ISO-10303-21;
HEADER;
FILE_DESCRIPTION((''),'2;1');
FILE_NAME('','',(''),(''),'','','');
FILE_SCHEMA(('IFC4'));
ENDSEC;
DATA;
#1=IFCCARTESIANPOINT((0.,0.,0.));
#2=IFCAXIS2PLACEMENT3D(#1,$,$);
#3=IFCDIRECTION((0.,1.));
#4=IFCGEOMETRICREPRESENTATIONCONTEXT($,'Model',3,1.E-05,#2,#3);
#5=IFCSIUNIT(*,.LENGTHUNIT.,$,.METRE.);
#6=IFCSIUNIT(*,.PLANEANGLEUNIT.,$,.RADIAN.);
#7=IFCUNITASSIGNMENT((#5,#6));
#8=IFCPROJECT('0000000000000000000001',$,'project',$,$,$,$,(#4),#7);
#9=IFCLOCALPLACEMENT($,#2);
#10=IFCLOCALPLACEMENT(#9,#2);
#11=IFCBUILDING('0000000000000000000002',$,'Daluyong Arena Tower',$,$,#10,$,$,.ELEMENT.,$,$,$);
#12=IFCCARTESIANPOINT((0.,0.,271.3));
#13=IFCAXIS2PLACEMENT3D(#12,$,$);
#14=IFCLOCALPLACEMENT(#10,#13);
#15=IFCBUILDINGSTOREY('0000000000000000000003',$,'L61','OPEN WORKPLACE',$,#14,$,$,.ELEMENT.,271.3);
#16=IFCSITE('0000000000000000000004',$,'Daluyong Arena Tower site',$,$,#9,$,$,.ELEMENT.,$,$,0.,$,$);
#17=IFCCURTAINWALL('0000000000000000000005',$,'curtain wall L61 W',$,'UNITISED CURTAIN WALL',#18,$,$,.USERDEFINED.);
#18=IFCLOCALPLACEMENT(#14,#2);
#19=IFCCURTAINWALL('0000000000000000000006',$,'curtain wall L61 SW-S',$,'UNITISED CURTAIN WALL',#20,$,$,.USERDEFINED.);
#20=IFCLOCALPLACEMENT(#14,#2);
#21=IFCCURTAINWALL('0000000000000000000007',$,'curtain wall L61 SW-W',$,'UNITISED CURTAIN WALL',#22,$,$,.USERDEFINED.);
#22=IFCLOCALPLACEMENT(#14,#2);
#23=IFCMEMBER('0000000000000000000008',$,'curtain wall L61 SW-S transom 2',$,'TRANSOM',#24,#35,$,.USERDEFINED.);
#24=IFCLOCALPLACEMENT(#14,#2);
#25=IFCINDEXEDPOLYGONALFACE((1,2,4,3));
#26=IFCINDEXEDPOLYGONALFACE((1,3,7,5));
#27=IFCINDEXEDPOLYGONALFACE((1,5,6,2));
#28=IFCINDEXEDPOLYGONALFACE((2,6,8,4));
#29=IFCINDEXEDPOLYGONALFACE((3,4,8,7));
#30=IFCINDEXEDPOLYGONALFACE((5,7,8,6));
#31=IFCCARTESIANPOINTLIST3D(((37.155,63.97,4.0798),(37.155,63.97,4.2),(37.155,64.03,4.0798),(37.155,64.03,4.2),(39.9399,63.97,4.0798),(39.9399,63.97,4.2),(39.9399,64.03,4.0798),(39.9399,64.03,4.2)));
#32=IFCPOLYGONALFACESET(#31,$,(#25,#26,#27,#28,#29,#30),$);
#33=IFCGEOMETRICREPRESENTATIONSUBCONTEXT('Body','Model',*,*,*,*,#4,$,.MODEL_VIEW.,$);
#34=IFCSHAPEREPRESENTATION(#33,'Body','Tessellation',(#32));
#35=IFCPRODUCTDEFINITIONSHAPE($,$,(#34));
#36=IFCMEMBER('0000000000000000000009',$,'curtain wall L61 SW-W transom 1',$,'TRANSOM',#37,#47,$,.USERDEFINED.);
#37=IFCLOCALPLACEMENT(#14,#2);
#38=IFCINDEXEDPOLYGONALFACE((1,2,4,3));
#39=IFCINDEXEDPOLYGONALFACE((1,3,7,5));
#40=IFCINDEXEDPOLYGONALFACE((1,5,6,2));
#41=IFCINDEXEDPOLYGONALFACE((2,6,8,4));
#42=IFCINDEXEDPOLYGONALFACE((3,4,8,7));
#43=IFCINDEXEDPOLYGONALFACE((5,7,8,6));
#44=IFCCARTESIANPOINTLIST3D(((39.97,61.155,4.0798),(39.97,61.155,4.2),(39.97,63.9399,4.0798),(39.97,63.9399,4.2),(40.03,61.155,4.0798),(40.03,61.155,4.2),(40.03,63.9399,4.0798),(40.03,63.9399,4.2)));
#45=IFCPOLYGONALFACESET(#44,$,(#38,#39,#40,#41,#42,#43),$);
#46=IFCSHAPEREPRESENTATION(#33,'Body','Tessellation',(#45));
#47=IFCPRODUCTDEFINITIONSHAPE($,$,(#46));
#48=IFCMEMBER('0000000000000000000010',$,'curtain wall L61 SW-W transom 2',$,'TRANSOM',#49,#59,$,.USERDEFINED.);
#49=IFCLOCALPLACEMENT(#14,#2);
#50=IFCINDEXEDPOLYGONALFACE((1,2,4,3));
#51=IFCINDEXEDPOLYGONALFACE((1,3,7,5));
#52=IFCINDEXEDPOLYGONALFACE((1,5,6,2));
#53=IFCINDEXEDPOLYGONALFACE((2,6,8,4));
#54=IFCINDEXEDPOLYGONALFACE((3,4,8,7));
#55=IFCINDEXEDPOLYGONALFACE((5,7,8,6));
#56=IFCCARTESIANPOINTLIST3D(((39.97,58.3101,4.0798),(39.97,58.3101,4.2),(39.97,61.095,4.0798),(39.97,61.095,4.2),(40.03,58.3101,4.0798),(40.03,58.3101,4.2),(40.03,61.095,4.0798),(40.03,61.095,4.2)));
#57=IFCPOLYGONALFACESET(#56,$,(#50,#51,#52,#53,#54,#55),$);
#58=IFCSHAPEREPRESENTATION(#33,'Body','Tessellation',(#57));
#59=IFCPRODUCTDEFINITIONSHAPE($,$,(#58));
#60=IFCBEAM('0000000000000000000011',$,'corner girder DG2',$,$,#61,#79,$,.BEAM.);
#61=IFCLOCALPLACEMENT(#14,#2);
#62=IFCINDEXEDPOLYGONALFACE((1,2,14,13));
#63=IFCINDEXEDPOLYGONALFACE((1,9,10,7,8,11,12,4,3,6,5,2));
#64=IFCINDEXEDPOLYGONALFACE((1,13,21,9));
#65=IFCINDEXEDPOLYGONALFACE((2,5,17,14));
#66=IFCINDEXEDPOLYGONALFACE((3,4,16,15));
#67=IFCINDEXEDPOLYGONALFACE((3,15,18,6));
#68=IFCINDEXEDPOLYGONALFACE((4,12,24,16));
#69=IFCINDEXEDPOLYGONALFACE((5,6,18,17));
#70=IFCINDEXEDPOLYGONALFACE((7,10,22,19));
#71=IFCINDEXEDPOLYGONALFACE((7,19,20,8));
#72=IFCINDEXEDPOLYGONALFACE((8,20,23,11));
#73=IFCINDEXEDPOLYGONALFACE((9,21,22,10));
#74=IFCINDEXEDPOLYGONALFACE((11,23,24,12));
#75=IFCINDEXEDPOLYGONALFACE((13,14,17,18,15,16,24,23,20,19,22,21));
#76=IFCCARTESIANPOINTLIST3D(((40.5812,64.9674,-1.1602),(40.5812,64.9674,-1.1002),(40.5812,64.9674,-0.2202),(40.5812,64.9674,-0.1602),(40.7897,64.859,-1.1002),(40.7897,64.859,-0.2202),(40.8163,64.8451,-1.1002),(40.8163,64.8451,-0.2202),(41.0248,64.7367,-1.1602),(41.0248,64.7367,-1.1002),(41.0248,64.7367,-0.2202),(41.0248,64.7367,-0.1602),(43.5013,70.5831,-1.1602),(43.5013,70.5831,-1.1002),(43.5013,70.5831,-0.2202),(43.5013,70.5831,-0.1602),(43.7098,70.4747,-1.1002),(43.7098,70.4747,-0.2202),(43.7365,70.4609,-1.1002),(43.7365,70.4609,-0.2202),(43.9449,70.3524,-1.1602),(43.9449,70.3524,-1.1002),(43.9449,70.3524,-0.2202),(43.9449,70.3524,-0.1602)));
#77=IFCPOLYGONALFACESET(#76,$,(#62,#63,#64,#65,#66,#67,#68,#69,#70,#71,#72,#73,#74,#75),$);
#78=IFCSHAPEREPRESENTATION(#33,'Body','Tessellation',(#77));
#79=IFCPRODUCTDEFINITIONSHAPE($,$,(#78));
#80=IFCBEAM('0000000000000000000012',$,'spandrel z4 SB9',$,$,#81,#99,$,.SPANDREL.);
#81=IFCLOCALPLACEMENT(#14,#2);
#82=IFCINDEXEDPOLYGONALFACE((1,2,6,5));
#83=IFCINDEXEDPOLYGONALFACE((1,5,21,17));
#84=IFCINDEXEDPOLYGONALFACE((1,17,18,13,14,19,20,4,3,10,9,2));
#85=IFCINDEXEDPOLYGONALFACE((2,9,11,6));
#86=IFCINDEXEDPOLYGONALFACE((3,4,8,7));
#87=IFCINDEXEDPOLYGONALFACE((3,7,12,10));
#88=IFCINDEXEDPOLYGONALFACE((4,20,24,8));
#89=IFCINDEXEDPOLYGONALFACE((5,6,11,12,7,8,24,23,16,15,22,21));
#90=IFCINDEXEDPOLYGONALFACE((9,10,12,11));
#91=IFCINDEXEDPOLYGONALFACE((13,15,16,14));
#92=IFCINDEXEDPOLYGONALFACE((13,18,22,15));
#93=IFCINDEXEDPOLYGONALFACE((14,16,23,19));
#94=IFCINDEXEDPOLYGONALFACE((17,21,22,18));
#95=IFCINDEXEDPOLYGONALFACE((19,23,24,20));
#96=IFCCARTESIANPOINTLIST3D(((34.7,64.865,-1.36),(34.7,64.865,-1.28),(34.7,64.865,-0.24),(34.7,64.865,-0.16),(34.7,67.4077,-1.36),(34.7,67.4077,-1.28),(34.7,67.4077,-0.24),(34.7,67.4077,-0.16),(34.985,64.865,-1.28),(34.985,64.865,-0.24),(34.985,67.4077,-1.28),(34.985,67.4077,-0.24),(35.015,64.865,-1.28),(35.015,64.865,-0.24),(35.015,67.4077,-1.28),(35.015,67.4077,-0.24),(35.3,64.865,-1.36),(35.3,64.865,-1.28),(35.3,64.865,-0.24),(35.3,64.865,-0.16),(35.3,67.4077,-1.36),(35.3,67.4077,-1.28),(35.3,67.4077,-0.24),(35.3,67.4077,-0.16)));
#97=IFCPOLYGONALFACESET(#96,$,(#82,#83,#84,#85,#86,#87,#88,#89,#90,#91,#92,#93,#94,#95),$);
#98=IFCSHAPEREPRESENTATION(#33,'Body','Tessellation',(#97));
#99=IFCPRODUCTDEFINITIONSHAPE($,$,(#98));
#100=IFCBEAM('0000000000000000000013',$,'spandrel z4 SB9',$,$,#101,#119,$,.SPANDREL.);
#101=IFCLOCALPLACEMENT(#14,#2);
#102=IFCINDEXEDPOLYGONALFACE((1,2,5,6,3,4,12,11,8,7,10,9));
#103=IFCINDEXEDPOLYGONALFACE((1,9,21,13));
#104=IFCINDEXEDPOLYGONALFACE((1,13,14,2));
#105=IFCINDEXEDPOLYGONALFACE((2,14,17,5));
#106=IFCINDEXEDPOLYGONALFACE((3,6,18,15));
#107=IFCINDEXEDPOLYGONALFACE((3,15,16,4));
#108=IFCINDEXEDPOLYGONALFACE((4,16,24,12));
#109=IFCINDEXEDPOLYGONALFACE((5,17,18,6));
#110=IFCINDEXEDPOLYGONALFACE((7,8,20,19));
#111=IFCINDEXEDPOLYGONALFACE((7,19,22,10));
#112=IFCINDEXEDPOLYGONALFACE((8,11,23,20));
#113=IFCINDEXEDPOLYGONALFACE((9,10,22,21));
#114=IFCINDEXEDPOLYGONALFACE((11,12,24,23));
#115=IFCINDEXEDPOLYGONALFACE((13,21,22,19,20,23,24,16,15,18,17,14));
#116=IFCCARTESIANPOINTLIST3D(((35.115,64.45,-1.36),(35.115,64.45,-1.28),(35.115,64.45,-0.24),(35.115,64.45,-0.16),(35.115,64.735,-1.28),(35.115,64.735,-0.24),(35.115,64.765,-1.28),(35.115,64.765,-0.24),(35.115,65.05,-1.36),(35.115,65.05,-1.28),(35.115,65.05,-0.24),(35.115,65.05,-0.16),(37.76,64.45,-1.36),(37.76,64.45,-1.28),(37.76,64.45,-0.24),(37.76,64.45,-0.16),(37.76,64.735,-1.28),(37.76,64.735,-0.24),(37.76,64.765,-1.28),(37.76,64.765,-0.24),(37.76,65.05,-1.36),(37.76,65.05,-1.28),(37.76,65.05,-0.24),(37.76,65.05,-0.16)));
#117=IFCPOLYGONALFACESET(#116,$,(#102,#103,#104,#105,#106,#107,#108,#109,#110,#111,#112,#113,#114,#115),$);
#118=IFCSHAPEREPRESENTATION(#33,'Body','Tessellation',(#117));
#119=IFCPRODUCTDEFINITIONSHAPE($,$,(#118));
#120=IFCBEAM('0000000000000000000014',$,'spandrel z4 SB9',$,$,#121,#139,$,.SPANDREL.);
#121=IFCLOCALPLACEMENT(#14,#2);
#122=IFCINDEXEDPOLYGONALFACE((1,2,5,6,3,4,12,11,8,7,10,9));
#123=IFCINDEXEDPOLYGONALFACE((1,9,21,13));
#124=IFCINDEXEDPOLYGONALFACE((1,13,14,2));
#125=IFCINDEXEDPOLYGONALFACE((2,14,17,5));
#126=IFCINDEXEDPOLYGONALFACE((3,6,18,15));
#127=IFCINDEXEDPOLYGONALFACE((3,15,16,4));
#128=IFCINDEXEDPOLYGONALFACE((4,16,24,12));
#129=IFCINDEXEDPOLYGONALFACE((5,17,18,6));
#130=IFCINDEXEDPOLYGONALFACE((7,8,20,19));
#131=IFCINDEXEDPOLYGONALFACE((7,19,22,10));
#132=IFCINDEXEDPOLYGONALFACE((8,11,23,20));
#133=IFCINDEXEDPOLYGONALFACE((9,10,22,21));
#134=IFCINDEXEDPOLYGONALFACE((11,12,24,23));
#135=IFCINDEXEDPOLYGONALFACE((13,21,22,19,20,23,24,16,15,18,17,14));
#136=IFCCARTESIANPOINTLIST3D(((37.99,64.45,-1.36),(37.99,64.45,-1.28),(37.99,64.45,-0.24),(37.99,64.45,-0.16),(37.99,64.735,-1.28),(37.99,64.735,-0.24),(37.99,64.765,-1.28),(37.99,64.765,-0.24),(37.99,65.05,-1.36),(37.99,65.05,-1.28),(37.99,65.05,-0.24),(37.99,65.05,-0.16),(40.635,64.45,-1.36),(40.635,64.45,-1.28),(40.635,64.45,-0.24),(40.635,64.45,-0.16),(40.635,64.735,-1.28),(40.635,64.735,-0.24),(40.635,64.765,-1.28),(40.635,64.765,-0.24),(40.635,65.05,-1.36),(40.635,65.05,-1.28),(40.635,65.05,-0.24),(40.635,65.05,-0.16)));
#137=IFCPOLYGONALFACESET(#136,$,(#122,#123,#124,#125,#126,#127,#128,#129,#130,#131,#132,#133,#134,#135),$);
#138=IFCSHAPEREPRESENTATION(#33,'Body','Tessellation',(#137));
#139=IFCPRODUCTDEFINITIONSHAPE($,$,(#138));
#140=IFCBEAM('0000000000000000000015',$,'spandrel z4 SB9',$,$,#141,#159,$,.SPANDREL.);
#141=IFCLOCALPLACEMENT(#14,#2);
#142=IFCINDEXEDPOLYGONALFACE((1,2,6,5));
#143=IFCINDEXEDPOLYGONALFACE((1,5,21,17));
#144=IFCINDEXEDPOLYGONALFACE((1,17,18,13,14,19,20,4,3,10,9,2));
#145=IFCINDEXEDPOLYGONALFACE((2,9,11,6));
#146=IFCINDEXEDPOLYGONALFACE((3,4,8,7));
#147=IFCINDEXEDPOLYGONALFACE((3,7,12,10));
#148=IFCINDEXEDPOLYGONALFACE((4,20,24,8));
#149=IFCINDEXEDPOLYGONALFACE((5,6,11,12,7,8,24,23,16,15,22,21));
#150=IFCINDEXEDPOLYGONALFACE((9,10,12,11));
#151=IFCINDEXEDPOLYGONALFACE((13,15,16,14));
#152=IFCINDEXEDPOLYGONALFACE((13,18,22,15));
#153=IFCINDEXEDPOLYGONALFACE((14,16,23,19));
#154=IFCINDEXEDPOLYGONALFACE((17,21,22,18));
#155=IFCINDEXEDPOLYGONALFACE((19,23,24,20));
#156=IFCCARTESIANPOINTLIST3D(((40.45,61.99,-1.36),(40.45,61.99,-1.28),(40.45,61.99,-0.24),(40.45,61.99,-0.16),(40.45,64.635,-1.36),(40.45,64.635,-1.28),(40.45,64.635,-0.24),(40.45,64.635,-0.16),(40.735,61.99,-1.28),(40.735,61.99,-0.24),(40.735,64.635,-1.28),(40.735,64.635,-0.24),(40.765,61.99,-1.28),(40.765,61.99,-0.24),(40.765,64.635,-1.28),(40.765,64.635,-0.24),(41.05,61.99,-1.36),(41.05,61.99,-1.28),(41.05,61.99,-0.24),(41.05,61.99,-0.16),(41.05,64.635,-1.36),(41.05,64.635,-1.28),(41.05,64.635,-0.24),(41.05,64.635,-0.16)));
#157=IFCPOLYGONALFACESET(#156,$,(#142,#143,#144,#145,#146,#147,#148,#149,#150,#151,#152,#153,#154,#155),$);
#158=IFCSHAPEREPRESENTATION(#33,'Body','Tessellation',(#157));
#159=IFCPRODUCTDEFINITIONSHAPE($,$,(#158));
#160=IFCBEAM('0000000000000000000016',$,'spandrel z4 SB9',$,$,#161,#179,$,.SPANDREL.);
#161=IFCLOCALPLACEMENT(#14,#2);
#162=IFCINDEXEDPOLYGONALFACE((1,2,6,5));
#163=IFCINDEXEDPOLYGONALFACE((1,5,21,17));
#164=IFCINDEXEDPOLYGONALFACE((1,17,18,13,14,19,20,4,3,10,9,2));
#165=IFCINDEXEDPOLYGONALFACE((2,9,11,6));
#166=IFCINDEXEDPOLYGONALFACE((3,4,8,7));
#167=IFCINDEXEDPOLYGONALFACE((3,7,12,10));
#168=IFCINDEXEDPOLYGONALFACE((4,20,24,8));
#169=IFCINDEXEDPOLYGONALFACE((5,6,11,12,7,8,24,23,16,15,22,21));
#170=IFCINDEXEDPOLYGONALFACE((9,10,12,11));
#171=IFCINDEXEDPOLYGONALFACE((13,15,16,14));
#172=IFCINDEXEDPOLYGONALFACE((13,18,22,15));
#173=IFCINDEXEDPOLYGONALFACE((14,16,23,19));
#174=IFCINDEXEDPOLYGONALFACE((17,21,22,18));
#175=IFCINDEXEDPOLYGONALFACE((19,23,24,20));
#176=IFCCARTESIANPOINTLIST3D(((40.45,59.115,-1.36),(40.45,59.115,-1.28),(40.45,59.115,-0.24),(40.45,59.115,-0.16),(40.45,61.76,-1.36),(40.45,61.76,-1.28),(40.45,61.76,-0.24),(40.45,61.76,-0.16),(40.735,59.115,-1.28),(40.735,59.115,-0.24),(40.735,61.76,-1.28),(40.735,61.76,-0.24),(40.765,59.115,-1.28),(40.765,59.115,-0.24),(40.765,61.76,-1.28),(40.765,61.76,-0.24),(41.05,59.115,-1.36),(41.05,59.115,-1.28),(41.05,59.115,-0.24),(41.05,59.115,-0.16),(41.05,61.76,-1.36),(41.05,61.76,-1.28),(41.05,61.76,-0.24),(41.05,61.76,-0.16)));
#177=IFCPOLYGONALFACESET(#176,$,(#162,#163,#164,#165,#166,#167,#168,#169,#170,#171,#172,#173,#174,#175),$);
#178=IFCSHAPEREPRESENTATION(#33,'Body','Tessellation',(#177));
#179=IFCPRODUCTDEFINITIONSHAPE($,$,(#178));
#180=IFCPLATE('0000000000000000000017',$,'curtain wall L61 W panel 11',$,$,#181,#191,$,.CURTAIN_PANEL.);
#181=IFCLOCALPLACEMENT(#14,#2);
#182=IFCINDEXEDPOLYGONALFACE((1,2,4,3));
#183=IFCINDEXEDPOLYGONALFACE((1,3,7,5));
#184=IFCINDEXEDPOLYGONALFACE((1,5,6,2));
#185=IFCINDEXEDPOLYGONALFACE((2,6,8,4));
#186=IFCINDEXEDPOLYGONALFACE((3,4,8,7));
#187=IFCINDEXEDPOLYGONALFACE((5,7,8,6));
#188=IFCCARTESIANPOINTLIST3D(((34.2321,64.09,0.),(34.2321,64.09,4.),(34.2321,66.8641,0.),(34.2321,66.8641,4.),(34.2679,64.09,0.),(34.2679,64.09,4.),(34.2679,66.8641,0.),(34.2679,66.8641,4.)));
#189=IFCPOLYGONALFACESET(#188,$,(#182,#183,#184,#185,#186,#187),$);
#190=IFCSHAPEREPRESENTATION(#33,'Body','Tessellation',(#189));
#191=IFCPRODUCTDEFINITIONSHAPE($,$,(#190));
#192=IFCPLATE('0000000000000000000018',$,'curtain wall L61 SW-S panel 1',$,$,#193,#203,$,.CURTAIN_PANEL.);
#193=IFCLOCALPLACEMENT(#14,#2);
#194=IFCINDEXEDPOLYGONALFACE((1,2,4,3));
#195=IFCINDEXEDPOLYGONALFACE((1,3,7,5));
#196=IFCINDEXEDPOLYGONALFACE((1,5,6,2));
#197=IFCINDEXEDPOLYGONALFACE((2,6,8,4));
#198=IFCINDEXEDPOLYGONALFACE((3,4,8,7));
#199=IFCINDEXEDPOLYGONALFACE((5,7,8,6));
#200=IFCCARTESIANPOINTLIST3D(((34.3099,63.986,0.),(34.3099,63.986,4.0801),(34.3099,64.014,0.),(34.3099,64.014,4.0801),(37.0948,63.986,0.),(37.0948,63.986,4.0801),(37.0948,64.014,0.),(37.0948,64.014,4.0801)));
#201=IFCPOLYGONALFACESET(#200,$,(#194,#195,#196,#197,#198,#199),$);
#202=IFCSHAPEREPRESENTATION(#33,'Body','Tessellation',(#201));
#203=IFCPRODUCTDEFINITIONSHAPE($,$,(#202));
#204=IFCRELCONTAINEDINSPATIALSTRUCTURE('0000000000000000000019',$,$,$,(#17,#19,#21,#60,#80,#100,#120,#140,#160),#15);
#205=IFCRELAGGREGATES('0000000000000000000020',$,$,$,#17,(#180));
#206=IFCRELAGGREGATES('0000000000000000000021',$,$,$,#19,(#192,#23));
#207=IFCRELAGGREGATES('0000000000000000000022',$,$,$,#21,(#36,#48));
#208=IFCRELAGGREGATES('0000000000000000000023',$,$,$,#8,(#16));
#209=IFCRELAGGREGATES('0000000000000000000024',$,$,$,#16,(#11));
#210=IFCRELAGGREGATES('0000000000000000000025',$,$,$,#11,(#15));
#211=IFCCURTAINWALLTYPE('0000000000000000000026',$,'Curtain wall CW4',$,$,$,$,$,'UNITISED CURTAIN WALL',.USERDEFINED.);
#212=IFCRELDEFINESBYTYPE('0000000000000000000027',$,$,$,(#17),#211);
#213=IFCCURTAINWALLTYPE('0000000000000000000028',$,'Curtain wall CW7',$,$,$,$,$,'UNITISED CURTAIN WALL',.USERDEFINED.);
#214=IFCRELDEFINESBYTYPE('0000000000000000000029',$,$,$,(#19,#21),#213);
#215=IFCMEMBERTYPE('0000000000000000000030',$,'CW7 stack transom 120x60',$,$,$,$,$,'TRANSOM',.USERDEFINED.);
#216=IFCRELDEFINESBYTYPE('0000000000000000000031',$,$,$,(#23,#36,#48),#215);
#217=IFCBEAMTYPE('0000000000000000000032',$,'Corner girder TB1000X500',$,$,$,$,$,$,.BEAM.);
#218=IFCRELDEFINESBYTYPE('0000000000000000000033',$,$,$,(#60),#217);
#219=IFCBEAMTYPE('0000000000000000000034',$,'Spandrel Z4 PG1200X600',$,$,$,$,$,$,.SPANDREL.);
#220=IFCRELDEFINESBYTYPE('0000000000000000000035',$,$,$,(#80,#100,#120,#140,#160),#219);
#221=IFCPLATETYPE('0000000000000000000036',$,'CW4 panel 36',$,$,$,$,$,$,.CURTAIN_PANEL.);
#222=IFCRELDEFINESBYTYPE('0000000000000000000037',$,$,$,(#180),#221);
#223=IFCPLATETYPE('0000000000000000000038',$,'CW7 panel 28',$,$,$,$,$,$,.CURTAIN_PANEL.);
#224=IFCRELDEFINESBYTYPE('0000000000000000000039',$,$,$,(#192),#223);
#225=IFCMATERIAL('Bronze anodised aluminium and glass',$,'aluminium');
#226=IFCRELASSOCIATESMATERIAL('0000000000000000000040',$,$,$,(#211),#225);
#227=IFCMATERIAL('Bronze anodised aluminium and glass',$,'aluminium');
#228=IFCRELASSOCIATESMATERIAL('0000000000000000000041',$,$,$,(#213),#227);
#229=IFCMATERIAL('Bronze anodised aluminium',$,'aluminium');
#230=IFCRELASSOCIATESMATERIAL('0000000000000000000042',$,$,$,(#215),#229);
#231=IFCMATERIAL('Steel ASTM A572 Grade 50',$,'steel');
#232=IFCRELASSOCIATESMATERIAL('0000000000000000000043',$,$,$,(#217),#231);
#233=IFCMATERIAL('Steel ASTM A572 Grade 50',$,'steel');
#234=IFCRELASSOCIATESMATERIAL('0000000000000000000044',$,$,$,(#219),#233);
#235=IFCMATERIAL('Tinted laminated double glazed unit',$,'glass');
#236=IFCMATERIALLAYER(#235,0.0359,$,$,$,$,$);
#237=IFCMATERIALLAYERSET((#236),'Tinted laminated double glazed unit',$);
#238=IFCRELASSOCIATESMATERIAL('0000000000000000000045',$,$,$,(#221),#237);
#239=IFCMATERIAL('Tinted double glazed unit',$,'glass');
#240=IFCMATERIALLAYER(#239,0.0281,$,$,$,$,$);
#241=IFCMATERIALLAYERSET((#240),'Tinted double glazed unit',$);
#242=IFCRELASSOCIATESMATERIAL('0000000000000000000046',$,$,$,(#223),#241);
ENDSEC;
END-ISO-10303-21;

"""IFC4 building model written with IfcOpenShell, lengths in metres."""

from ifc_helpers import new_model, si_unit, direction, frame, origin, origin_2d, place, context, subcontext, project, spatial, rectangle, i_section, extrude, material, layer, layer_set, material_profile, profile_set, type_object, element, aggregate, save


model = new_model("IFC4")

# Units and contexts
model_context = context("Model", 3, precision=1e-05, world=origin(), true_north=direction((0.0, 1.0)))
body_context = subcontext(model_context, "Body", "Model", "MODEL_VIEW")
ifc_project = project(units=[si_unit("LENGTHUNIT", "METRE"), si_unit("PLANEANGLEUNIT", "RADIAN")], contexts=[model_context])

# Site, building, storey
site_placement = place(None, origin())
site = spatial("IfcSite", under=ifc_project, at=site_placement, Name="Daluyong Arena Tower site", CompositionType="ELEMENT", RefElevation=0.0)
building_placement = place(site_placement, origin())
building = spatial("IfcBuilding", under=site, at=building_placement, Name="Daluyong Arena Tower", CompositionType="ELEMENT")
storey_placement = place(building_placement, frame((0.0, 0.0, 271.3)))
storey = spatial("IfcBuildingStorey", under=building, at=storey_placement, Name="L61", Description="OPEN WORKPLACE", CompositionType="ELEMENT", Elevation=271.3)

# Curtain walls
ifc_material_1 = material(Name="Bronze anodised aluminium and glass", Category="aluminium")
curtain_wall_type_1 = type_object("IfcCurtainWallType", Name="Curtain wall CW4", ElementType="UNITISED CURTAIN WALL", PredefinedType="USERDEFINED", material=ifc_material_1)
curtain_wall_1_placement = place(storey_placement, origin())
curtain_wall_1 = element("IfcCurtainWall", 1, at=curtain_wall_1_placement, inside=storey, type_object=curtain_wall_type_1, Name="curtain wall L61 W", ObjectType="UNITISED CURTAIN WALL", PredefinedType="USERDEFINED")
ifc_material_2 = material(Name="Bronze anodised aluminium and glass", Category="aluminium")
curtain_wall_type_2 = type_object("IfcCurtainWallType", Name="Curtain wall CW7", ElementType="UNITISED CURTAIN WALL", PredefinedType="USERDEFINED", material=ifc_material_2)
curtain_wall_2_placement = place(storey_placement, origin())
curtain_wall_2 = element("IfcCurtainWall", 2, at=curtain_wall_2_placement, inside=storey, type_object=curtain_wall_type_2, Name="curtain wall L61 SW-S", ObjectType="UNITISED CURTAIN WALL", PredefinedType="USERDEFINED")
curtain_wall_3_placement = place(storey_placement, origin())
curtain_wall_3 = element("IfcCurtainWall", 3, at=curtain_wall_3_placement, inside=storey, type_object=curtain_wall_type_2, Name="curtain wall L61 SW-W", ObjectType="UNITISED CURTAIN WALL", PredefinedType="USERDEFINED")

# Members
ifc_material_3 = material(Name="Bronze anodised aluminium", Category="aluminium")
ifc_material_profile_1 = material_profile(ifc_material_3, rectangle(XDim=0.0601, YDim=0.1201, at=origin_2d()))
ifc_profile_set_1 = profile_set([ifc_material_profile_1], Name="Bronze anodised aluminium")
member_type_1 = type_object("IfcMemberType", Name="CW7 stack transom 120x60", ElementType="TRANSOM", PredefinedType="USERDEFINED", material=ifc_profile_set_1)
member_1_placement = place(storey_placement, frame((37.155, 64.0, 4.1399), z_axis=(1.0, 0.0, 0.0), x_axis=(0.0, 1.0, 0.0)))
member_1 = element("IfcMember", 4, at=member_1_placement, type_object=member_type_1, Name="curtain wall L61 SW-S transom 2", ObjectType="TRANSOM", PredefinedType="USERDEFINED", context=body_context, shape_type="SweptSolid", body=[
    extrude(rectangle(XDim=0.0601, YDim=0.1201, at=origin_2d()), origin(), (0.0, 0.0, 1.0), 2.7849),
])
member_2_placement = place(storey_placement, frame((40.0, 63.9399, 4.1399), z_axis=(0.0, -1.0, 0.0), x_axis=(1.0, 0.0, 0.0)))
member_2 = element("IfcMember", 5, at=member_2_placement, type_object=member_type_1, Name="curtain wall L61 SW-W transom 1", ObjectType="TRANSOM", PredefinedType="USERDEFINED", context=body_context, shape_type="SweptSolid", body=[
    extrude(rectangle(XDim=0.0601, YDim=0.1201, at=origin_2d()), origin(), (0.0, 0.0, 1.0), 2.7849),
])
member_3_placement = place(storey_placement, frame((40.0, 61.095, 4.1399), z_axis=(0.0, -1.0, 0.0), x_axis=(1.0, 0.0, 0.0)))
member_3 = element("IfcMember", 6, at=member_3_placement, type_object=member_type_1, Name="curtain wall L61 SW-W transom 2", ObjectType="TRANSOM", PredefinedType="USERDEFINED", context=body_context, shape_type="SweptSolid", body=[
    extrude(rectangle(XDim=0.0601, YDim=0.1201, at=origin_2d()), origin(), (0.0, 0.0, 1.0), 2.7849),
])

# Beams
ifc_material_4 = material(Name="Steel ASTM A572 Grade 50", Category="steel")
ifc_material_profile_2 = material_profile(ifc_material_4, i_section(OverallWidth=0.5, OverallDepth=1.0, WebThickness=0.03, FlangeThickness=0.06, at=origin_2d()))
ifc_profile_set_2 = profile_set([ifc_material_profile_2], Name="Steel ASTM A572 Grade 50")
beam_type_1 = type_object("IfcBeamType", Name="Corner girder TB1000X500", PredefinedType="BEAM", material=ifc_profile_set_2)
beam_1_placement = place(storey_placement, frame((40.803, 64.8521, -0.6602), z_axis=(0.461352, 0.887217, 0.0), x_axis=(-0.887217, 0.461352, 0.0)))
element("IfcBeam", 7, at=beam_1_placement, inside=storey, type_object=beam_type_1, Name="corner girder DG2", PredefinedType="BEAM", context=body_context, shape_type="SweptSolid", body=[
    extrude(i_section(OverallWidth=0.5, OverallDepth=1.0, WebThickness=0.03, FlangeThickness=0.06, at=origin_2d()), origin(), (0.0, 0.0, 1.0), 6.3296),
])
ifc_material_5 = material(Name="Steel ASTM A572 Grade 50", Category="steel")
ifc_material_profile_3 = material_profile(ifc_material_5, i_section(OverallWidth=0.6001, OverallDepth=1.2, WebThickness=0.03, FlangeThickness=0.08, at=origin_2d()))
ifc_profile_set_3 = profile_set([ifc_material_profile_3], Name="Steel ASTM A572 Grade 50")
beam_type_2 = type_object("IfcBeamType", Name="Spandrel Z4 PG1200X600", PredefinedType="SPANDREL", material=ifc_profile_set_3)
beam_2_placement = place(storey_placement, frame((35.0, 67.4077, -0.76), z_axis=(0.0, -1.0, 0.0), x_axis=(1.0, 0.0, 0.0)))
element("IfcBeam", 8, at=beam_2_placement, inside=storey, type_object=beam_type_2, Name="spandrel z4 SB9", PredefinedType="SPANDREL", context=body_context, shape_type="SweptSolid", body=[
    extrude(i_section(OverallWidth=0.6001, OverallDepth=1.2, WebThickness=0.03, FlangeThickness=0.08, at=origin_2d()), origin(), (0.0, 0.0, 1.0), 2.5427),
])
for number, where, z_axis, x_axis, name in (
    (9, (35.115, 64.75, -0.76), (1.0, 0.0, 0.0), (0.0, 1.0, 0.0), "spandrel z4 SB9"),
    (10, (37.99, 64.75, -0.76), (1.0, 0.0, 0.0), (0.0, 1.0, 0.0), "spandrel z4 SB9"),
    (11, (40.75, 64.635, -0.76), (0.0, -1.0, 0.0), (1.0, 0.0, 0.0), "spandrel z4 SB9"),
    (12, (40.75, 61.76, -0.76), (0.0, -1.0, 0.0), (1.0, 0.0, 0.0), "spandrel z4 SB9"),
):
    element("IfcBeam", number, at=place(storey_placement, frame(where, z_axis=z_axis, x_axis=x_axis)), inside=storey, type_object=beam_type_2, Name=name, PredefinedType="SPANDREL", context=body_context, shape_type="SweptSolid", body=[
        extrude(i_section(OverallWidth=0.6001, OverallDepth=1.2, WebThickness=0.03, FlangeThickness=0.08, at=origin_2d()), origin(), (0.0, 0.0, 1.0), 2.645),
    ])

# Plates
ifc_material_6 = material(Name="Tinted laminated double glazed unit", Category="glass")
ifc_layer_1 = layer(ifc_material_6, 0.0359)
ifc_layer_set_1 = layer_set([ifc_layer_1], Name="Tinted laminated double glazed unit")
plate_type_1 = type_object("IfcPlateType", Name="CW4 panel 36", PredefinedType="CURTAIN_PANEL", material=ifc_layer_set_1)
plate_1_placement = place(storey_placement, frame((34.25, 65.4771, 0.0), z_axis=(0.0, 0.0, 1.0), x_axis=(0.0, -1.0, 0.0)))
plate_1 = element("IfcPlate", 13, at=plate_1_placement, type_object=plate_type_1, Name="curtain wall L61 W panel 11", PredefinedType="CURTAIN_PANEL", context=body_context, shape_type="SweptSolid", body=[
    extrude(rectangle(XDim=2.7742, YDim=0.0359, at=origin_2d()), origin(), (0.0, 0.0, 1.0), 4.0),
])
aggregate(curtain_wall_1, [plate_1])
ifc_material_7 = material(Name="Tinted double glazed unit", Category="glass")
ifc_layer_2 = layer(ifc_material_7, 0.0281)
ifc_layer_set_2 = layer_set([ifc_layer_2], Name="Tinted double glazed unit")
plate_type_2 = type_object("IfcPlateType", Name="CW7 panel 28", PredefinedType="CURTAIN_PANEL", material=ifc_layer_set_2)
plate_2_placement = place(storey_placement, frame((35.7024, 64.0, 0.0), z_axis=(0.0, 0.0, 1.0), x_axis=(1.0, 0.0, 0.0)))
plate_2 = element("IfcPlate", 14, at=plate_2_placement, type_object=plate_type_2, Name="curtain wall L61 SW-S panel 1", PredefinedType="CURTAIN_PANEL", context=body_context, shape_type="SweptSolid", body=[
    extrude(rectangle(XDim=2.7849, YDim=0.0281, at=origin_2d()), origin(), (0.0, 0.0, 1.0), 4.0801),
])
aggregate(curtain_wall_2, [plate_2, member_1])
aggregate(curtain_wall_3, [member_2, member_3])

save(model, "model.ifc")
